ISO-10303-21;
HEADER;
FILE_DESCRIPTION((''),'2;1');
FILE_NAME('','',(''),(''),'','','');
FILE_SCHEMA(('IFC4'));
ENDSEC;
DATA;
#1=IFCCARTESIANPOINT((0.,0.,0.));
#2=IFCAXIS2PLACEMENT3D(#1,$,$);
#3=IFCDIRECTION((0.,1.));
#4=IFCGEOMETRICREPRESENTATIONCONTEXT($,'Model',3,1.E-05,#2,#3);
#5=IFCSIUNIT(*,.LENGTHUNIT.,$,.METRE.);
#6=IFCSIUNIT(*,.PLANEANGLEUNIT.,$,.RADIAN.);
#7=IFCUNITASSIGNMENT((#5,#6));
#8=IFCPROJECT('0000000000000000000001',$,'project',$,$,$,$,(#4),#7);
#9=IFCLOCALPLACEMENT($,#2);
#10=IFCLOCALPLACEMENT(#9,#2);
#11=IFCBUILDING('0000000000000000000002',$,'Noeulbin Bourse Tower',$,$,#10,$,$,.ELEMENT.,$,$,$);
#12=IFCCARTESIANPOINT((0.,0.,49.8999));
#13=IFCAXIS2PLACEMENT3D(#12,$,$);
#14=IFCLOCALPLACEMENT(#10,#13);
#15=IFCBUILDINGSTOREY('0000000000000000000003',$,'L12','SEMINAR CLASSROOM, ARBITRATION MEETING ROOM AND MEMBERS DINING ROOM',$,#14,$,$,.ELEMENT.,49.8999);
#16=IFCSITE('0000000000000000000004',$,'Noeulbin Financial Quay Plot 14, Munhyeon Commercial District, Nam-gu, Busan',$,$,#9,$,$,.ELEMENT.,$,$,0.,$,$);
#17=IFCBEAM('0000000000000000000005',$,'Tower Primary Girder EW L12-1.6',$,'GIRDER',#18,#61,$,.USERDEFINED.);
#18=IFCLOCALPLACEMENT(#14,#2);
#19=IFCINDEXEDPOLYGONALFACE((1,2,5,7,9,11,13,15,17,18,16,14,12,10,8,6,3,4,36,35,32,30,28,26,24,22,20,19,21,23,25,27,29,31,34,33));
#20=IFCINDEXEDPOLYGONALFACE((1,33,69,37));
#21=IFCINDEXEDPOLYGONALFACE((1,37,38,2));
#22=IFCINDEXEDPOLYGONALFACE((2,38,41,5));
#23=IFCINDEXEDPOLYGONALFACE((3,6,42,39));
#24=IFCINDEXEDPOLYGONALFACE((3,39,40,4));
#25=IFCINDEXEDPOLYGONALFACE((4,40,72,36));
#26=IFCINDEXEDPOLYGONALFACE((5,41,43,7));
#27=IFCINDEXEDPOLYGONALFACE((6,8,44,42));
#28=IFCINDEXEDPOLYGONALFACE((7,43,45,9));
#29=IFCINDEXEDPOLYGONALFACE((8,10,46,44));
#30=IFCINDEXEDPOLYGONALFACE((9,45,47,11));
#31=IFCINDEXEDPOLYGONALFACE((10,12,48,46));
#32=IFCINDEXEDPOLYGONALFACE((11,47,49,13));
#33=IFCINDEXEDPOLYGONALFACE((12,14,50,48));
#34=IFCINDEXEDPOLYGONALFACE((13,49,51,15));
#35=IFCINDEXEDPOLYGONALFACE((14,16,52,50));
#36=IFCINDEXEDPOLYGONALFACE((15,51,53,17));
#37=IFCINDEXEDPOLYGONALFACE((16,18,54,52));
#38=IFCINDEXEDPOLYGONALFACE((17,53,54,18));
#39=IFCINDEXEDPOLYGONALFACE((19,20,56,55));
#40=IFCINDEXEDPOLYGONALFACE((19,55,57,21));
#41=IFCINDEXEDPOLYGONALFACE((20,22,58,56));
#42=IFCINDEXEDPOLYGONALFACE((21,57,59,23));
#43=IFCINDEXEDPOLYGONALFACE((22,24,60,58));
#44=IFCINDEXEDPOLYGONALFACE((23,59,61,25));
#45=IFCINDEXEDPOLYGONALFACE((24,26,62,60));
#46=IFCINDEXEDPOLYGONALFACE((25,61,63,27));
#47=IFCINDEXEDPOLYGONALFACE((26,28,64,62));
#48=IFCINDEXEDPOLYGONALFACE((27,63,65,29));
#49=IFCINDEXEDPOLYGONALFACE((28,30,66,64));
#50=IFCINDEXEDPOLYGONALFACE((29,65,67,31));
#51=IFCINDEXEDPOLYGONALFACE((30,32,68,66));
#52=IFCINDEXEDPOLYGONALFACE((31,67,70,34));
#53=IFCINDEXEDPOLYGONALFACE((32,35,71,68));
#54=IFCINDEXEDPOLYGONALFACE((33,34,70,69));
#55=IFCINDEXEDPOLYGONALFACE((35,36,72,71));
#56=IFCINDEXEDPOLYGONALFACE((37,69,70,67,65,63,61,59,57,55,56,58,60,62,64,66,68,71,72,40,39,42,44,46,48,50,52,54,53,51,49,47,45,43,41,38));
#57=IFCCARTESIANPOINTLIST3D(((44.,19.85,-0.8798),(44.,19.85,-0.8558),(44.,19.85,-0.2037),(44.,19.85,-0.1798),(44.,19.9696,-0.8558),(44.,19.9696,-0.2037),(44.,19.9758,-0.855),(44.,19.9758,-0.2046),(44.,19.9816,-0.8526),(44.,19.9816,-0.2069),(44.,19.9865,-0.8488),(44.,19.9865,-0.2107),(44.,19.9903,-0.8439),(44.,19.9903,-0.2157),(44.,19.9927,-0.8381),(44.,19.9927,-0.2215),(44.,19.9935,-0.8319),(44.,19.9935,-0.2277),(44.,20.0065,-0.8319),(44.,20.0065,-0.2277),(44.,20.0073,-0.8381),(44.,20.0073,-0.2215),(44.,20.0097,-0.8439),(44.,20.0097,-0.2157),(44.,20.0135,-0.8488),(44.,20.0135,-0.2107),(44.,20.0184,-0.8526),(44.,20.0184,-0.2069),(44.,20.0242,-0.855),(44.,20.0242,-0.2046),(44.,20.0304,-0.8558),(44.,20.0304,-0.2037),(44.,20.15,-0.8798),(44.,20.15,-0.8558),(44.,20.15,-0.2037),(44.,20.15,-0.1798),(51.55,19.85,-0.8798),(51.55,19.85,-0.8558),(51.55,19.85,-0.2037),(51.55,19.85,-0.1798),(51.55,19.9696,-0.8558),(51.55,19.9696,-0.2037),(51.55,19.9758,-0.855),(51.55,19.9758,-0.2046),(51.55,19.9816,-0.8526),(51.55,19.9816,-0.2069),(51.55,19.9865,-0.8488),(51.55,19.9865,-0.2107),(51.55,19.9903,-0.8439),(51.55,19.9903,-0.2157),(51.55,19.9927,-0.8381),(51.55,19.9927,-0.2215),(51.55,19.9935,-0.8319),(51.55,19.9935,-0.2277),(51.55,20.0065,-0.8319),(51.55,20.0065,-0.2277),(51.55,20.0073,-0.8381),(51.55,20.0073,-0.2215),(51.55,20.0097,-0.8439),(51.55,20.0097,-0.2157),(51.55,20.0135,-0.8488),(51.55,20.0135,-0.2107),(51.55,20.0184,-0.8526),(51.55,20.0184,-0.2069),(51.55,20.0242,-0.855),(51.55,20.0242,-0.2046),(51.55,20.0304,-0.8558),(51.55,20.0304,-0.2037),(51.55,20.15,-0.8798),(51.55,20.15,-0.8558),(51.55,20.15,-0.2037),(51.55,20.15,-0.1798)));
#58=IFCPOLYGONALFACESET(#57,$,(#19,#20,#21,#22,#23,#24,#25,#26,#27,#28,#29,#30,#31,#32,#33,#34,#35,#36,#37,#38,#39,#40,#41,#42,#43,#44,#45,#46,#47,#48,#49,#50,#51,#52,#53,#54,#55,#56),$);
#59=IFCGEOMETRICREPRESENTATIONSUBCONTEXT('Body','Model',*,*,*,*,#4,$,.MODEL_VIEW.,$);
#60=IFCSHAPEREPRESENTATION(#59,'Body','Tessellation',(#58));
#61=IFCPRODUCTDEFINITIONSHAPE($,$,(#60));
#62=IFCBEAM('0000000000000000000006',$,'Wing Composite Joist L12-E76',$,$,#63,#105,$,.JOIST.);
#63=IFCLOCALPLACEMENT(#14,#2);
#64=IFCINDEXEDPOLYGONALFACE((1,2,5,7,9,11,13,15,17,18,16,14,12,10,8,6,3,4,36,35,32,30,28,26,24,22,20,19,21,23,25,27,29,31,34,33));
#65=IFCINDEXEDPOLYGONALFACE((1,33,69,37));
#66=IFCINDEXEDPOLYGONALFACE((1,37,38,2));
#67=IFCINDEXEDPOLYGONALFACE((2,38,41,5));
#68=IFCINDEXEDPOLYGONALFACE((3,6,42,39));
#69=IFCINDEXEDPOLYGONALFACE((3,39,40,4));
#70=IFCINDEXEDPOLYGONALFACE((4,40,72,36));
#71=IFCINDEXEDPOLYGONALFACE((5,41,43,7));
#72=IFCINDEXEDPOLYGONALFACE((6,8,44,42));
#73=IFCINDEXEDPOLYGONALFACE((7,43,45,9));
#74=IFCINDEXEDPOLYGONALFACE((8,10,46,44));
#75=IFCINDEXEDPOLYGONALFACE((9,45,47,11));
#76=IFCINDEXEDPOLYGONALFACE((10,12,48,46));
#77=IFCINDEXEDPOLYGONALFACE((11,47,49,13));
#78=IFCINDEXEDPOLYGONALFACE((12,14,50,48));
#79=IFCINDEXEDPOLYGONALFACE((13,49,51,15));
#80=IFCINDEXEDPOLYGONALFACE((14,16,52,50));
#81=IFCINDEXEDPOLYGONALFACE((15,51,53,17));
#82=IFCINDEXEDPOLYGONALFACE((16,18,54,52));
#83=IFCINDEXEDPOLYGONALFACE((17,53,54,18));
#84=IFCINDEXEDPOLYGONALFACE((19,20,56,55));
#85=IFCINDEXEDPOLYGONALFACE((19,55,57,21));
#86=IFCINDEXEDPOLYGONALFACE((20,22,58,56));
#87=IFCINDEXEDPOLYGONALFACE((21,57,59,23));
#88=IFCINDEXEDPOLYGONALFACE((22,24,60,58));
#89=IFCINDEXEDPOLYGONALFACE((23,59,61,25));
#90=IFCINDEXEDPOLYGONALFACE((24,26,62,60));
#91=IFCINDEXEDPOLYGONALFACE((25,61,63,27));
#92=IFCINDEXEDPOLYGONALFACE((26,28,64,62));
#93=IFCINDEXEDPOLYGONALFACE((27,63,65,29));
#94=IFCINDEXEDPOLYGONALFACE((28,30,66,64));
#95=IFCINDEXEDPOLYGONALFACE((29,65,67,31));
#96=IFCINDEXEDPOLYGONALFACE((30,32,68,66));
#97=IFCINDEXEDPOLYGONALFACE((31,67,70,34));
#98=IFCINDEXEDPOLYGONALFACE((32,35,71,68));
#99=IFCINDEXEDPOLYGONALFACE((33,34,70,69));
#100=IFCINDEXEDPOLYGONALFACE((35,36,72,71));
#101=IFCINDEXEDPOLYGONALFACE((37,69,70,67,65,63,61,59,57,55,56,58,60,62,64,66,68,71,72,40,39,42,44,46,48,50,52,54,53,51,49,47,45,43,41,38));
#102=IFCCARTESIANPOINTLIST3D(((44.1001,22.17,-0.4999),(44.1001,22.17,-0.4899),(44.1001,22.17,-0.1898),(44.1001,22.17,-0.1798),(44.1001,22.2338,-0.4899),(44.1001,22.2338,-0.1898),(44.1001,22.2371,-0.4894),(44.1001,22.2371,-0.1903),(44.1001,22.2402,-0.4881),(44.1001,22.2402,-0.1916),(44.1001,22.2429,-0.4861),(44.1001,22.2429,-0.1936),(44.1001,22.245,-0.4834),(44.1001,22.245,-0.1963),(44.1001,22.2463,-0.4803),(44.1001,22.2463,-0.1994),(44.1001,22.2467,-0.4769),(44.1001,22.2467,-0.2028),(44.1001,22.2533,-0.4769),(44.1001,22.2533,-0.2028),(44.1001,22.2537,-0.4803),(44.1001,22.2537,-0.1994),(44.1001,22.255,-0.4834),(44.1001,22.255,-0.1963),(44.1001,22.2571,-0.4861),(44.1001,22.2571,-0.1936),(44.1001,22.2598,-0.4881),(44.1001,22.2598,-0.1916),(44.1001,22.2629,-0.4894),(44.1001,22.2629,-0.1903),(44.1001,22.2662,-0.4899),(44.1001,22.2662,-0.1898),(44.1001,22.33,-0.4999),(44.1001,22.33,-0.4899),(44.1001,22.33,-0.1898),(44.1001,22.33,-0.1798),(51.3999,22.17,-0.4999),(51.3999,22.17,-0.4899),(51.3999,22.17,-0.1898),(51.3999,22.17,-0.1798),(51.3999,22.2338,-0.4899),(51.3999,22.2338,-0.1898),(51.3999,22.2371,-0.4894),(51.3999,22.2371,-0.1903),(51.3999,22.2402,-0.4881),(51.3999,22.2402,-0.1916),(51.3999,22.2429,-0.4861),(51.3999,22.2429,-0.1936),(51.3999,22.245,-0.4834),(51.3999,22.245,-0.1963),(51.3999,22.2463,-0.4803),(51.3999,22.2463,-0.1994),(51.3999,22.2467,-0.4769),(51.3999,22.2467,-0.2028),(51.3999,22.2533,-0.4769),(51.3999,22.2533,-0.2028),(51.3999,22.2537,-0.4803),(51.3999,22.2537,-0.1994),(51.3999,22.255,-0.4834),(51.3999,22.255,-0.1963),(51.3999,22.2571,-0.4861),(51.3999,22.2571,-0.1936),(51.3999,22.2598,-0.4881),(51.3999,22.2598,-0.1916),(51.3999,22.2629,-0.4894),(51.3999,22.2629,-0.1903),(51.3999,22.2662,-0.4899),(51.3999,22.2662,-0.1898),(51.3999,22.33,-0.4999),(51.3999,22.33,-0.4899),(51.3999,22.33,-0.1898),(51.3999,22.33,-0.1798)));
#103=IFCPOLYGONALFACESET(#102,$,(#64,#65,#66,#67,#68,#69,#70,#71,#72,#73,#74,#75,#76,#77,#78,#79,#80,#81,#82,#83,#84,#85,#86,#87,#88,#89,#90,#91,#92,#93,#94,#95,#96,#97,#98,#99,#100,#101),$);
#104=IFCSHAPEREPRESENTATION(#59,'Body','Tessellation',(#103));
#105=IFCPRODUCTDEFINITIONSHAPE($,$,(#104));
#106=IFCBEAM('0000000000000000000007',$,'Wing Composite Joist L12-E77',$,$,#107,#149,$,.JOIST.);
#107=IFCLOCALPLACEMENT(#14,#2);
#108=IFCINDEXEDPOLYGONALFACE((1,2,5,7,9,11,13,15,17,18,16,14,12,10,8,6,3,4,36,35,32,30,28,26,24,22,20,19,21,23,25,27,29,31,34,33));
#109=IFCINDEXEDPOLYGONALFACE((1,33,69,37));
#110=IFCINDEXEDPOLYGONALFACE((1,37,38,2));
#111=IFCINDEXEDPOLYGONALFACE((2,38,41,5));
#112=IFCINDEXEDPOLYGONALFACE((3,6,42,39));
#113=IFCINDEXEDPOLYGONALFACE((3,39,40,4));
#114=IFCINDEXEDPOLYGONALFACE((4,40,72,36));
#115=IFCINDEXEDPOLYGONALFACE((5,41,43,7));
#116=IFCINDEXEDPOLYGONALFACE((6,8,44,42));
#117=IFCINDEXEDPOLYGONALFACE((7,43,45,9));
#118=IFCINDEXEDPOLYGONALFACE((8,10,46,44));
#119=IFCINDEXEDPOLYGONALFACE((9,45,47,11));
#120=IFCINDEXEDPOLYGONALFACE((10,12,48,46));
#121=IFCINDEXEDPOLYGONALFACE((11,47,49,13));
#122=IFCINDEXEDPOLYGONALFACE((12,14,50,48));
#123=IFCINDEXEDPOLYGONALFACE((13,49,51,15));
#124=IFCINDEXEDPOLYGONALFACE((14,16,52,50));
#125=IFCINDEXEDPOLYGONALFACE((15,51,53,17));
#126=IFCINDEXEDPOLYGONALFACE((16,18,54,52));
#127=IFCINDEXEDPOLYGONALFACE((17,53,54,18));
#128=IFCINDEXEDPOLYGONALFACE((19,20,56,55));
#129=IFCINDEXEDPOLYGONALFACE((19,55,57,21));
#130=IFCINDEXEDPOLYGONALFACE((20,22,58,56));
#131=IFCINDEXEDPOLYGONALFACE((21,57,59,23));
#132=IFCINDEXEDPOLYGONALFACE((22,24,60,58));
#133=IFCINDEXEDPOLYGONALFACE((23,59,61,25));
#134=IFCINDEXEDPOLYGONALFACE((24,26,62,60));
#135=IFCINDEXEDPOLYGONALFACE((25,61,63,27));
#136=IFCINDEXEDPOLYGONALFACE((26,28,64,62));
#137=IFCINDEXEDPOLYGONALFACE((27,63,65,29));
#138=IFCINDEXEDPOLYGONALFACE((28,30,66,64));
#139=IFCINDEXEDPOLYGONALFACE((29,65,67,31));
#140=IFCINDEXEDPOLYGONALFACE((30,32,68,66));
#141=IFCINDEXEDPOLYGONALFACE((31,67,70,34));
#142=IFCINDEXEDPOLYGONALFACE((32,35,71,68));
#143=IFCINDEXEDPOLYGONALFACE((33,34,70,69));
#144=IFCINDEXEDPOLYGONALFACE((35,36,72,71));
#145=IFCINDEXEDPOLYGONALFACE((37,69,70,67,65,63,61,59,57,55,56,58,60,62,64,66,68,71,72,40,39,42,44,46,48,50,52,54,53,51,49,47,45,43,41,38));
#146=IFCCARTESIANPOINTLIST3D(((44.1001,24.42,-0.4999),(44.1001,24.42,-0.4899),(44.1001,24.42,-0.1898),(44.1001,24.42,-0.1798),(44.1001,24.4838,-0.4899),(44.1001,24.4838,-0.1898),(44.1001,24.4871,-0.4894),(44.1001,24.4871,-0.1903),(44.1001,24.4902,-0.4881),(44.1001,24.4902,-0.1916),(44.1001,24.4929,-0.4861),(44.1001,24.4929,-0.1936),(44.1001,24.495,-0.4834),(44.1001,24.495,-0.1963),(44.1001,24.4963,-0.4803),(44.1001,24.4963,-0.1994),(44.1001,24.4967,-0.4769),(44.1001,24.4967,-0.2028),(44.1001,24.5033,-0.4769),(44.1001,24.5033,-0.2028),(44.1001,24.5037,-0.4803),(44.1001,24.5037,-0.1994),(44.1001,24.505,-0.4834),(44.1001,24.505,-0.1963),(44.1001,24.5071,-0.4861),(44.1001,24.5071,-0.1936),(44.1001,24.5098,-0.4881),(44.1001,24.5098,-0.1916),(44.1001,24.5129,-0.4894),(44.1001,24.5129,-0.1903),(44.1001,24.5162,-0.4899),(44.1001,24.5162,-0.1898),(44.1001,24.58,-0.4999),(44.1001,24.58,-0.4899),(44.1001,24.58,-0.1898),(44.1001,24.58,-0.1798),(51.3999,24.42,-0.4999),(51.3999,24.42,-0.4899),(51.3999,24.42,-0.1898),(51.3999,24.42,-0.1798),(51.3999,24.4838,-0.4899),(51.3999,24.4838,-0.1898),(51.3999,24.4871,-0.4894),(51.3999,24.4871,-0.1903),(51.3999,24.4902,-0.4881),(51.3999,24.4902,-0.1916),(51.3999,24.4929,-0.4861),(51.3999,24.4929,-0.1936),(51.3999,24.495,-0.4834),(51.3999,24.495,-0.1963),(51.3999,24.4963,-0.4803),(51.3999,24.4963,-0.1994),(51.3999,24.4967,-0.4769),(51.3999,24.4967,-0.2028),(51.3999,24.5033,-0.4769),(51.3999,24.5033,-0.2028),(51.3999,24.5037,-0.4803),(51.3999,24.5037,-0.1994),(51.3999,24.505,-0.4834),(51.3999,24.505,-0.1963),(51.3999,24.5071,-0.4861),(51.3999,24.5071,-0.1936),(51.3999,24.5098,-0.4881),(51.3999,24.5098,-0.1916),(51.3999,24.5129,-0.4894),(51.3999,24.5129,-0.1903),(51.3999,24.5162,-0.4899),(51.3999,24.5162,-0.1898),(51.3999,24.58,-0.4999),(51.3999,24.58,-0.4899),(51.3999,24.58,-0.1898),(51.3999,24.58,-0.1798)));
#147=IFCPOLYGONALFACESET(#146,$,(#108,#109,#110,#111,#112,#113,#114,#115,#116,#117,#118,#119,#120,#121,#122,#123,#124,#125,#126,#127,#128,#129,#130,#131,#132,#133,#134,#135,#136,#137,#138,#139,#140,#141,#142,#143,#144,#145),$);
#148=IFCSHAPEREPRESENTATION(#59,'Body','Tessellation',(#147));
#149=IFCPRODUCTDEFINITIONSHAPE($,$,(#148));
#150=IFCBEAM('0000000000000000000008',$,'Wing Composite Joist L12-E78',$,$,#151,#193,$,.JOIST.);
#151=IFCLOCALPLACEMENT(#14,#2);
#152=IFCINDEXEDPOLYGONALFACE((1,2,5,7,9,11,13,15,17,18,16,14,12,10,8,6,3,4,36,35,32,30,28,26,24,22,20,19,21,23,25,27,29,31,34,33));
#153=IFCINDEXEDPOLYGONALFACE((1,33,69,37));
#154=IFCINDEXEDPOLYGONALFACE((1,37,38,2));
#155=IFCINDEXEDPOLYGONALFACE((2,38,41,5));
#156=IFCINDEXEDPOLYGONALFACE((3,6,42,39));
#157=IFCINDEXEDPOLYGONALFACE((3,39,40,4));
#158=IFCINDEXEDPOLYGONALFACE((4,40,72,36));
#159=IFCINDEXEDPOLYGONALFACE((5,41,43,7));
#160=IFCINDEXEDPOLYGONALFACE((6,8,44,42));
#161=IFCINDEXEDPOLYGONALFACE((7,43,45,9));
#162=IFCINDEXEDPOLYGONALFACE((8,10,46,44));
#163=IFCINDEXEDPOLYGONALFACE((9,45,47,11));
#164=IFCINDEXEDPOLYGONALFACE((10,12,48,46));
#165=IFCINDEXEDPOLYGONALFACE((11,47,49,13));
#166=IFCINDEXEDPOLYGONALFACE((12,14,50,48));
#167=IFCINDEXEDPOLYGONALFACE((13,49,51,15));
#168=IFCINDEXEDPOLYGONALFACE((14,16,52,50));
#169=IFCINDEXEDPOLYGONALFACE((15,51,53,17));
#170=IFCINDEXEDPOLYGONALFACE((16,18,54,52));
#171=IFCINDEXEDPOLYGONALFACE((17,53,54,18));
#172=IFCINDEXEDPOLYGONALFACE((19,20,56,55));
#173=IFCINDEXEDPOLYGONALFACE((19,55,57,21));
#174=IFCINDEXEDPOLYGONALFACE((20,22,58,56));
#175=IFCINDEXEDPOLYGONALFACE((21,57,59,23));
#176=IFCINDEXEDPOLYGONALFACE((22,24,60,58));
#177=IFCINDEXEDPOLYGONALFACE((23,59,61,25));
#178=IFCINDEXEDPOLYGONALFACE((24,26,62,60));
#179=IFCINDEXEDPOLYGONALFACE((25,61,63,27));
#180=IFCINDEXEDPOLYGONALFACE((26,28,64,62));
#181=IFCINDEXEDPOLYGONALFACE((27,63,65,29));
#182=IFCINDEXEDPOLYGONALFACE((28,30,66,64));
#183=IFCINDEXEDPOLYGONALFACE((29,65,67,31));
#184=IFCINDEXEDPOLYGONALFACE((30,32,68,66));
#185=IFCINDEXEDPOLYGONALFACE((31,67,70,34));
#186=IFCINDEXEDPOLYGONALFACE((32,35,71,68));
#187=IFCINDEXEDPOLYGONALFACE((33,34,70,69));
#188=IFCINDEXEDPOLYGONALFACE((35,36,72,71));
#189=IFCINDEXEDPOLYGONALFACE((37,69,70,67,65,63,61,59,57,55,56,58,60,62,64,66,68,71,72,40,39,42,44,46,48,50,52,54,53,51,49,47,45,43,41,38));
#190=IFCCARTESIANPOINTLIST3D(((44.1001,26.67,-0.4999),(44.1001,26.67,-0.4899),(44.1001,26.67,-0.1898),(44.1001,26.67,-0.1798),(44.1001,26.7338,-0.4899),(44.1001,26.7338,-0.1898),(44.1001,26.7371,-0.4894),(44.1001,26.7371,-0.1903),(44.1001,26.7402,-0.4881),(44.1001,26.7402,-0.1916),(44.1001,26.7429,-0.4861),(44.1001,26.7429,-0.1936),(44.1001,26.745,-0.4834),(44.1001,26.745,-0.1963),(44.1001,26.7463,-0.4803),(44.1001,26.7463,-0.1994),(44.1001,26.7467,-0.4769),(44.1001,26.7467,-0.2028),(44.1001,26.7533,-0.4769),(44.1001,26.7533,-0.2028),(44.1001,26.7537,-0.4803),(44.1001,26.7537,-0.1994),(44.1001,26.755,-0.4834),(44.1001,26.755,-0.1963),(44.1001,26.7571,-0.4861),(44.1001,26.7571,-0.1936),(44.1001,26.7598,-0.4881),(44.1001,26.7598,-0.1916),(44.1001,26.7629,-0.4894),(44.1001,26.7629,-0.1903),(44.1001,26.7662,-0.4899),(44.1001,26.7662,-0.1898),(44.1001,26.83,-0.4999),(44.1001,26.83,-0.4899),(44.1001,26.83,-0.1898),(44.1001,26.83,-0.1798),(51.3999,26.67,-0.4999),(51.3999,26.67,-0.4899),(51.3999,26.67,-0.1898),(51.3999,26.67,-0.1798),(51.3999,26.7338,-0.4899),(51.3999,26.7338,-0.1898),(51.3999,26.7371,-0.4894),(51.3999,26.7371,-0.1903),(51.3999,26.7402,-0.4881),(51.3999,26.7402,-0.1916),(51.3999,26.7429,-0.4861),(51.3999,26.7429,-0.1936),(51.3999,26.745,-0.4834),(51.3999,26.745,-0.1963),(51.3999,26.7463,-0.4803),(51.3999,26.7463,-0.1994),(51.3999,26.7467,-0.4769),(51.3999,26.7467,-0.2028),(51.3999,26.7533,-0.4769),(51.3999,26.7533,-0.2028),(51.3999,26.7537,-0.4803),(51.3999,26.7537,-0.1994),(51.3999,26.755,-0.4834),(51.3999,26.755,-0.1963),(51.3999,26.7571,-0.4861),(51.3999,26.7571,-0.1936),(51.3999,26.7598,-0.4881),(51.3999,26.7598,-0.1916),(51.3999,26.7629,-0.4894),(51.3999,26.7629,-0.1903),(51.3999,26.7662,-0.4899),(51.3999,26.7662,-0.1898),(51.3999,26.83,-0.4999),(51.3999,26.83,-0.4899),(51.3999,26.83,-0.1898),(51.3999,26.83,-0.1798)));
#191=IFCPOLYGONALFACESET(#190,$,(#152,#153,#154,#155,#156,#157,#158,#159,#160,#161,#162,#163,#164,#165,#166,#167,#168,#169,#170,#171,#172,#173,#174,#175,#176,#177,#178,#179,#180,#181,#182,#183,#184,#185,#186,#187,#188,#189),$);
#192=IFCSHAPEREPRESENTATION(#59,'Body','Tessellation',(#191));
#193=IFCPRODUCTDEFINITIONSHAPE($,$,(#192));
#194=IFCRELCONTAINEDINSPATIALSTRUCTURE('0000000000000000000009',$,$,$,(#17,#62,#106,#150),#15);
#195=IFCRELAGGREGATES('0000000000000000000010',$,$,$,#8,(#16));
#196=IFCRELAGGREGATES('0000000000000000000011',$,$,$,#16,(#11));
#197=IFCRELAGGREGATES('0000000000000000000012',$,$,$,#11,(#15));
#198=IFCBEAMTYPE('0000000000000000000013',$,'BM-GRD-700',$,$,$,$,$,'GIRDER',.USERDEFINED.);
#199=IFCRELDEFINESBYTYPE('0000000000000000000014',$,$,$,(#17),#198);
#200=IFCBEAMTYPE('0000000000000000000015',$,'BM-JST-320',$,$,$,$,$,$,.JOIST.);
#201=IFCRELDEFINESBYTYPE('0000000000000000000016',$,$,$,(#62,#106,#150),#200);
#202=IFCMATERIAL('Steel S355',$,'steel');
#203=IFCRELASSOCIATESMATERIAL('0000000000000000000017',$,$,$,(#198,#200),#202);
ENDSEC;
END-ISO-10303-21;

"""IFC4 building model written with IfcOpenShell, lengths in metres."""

from ifc_helpers import new_model, si_unit, direction, frame, origin, origin_2d, place, context, subcontext, project, spatial, i_section, extrude, material, material_profile, profile_set, type_object, element, save


model = new_model("IFC4")

# Units and contexts
model_context = context("Model", 3, precision=1e-05, world=origin(), true_north=direction((0.0, 1.0)))
body_context = subcontext(model_context, "Body", "Model", "MODEL_VIEW")
ifc_project = project(units=[si_unit("LENGTHUNIT", "METRE"), si_unit("PLANEANGLEUNIT", "RADIAN")], contexts=[model_context])

# Site, building, storey
site_placement = place(None, origin())
site = spatial("IfcSite", under=ifc_project, at=site_placement, Name="Noeulbin Financial Quay Plot 14, Munhyeon Commercial District, Nam-gu, Busan", CompositionType="ELEMENT", RefElevation=0.0)
building_placement = place(site_placement, origin())
building = spatial("IfcBuilding", under=site, at=building_placement, Name="Noeulbin Bourse Tower", CompositionType="ELEMENT")
storey_placement = place(building_placement, frame((0.0, 0.0, 49.8999)))
storey = spatial("IfcBuildingStorey", under=building, at=storey_placement, Name="L12", Description="SEMINAR CLASSROOM, ARBITRATION MEETING ROOM AND MEMBERS DINING ROOM", CompositionType="ELEMENT", Elevation=49.8999)

# Beams
ifc_material_1 = material(Name="Steel S355", Category="steel")
ifc_material_profile_1 = material_profile(ifc_material_1, i_section(OverallWidth=0.3, OverallDepth=0.7, WebThickness=0.0129, FlangeThickness=0.0239, FilletRadius=0.0239, at=origin_2d()), Name="H-700x300x13x24", Category="LoadBearing")
ifc_profile_set_1 = profile_set([ifc_material_profile_1], Name="Steel S355")
beam_type_1 = type_object("IfcBeamType", Name="BM-GRD-700", ElementType="GIRDER", PredefinedType="USERDEFINED", material=ifc_profile_set_1)
beam_1_placement = place(storey_placement, frame((44.0, 20.0, -0.5298), z_axis=(1.0, 0.0, 0.0), x_axis=(0.0, 1.0, 0.0)))
element("IfcBeam", 1, at=beam_1_placement, inside=storey, type_object=beam_type_1, Name="Tower Primary Girder EW L12-1.6", ObjectType="GIRDER", PredefinedType="USERDEFINED", context=body_context, shape_type="SweptSolid", body=[
    extrude(i_section(OverallWidth=0.3, OverallDepth=0.7, WebThickness=0.0129, FlangeThickness=0.0239, FilletRadius=0.0239, at=origin_2d()), origin(), (0.0, 0.0, 1.0), 7.55),
])
ifc_material_profile_2 = material_profile(ifc_material_1, i_section(OverallWidth=0.1599, OverallDepth=0.3201, WebThickness=0.0066, FlangeThickness=0.01, FilletRadius=0.0129, at=origin_2d()), Name="H-320x160x6.5x10", Category="LoadBearing")
ifc_profile_set_2 = profile_set([ifc_material_profile_2], Name="Steel S355")
beam_type_2 = type_object("IfcBeamType", Name="BM-JST-320", PredefinedType="JOIST", material=ifc_profile_set_2)
for number, where, z_axis, x_axis, name in (
    (2, (44.1001, 22.25, -0.3398), (1.0, 0.0, 0.0), (0.0, 1.0, 0.0), "Wing Composite Joist L12-E76"),
    (3, (44.1001, 24.5, -0.3398), (1.0, 0.0, 0.0), (0.0, 1.0, 0.0), "Wing Composite Joist L12-E77"),
    (4, (44.1001, 26.75, -0.3398), (1.0, 0.0, 0.0), (0.0, 1.0, 0.0), "Wing Composite Joist L12-E78"),
):
    element("IfcBeam", number, at=place(storey_placement, frame(where, z_axis=z_axis, x_axis=x_axis)), inside=storey, type_object=beam_type_2, Name=name, PredefinedType="JOIST", context=body_context, shape_type="SweptSolid", body=[
        extrude(i_section(OverallWidth=0.1599, OverallDepth=0.3201, WebThickness=0.0066, FlangeThickness=0.01, FilletRadius=0.0129, at=origin_2d()), origin(), (0.0, 0.0, 1.0), 7.2998),
    ])

save(model, "model.ifc")
